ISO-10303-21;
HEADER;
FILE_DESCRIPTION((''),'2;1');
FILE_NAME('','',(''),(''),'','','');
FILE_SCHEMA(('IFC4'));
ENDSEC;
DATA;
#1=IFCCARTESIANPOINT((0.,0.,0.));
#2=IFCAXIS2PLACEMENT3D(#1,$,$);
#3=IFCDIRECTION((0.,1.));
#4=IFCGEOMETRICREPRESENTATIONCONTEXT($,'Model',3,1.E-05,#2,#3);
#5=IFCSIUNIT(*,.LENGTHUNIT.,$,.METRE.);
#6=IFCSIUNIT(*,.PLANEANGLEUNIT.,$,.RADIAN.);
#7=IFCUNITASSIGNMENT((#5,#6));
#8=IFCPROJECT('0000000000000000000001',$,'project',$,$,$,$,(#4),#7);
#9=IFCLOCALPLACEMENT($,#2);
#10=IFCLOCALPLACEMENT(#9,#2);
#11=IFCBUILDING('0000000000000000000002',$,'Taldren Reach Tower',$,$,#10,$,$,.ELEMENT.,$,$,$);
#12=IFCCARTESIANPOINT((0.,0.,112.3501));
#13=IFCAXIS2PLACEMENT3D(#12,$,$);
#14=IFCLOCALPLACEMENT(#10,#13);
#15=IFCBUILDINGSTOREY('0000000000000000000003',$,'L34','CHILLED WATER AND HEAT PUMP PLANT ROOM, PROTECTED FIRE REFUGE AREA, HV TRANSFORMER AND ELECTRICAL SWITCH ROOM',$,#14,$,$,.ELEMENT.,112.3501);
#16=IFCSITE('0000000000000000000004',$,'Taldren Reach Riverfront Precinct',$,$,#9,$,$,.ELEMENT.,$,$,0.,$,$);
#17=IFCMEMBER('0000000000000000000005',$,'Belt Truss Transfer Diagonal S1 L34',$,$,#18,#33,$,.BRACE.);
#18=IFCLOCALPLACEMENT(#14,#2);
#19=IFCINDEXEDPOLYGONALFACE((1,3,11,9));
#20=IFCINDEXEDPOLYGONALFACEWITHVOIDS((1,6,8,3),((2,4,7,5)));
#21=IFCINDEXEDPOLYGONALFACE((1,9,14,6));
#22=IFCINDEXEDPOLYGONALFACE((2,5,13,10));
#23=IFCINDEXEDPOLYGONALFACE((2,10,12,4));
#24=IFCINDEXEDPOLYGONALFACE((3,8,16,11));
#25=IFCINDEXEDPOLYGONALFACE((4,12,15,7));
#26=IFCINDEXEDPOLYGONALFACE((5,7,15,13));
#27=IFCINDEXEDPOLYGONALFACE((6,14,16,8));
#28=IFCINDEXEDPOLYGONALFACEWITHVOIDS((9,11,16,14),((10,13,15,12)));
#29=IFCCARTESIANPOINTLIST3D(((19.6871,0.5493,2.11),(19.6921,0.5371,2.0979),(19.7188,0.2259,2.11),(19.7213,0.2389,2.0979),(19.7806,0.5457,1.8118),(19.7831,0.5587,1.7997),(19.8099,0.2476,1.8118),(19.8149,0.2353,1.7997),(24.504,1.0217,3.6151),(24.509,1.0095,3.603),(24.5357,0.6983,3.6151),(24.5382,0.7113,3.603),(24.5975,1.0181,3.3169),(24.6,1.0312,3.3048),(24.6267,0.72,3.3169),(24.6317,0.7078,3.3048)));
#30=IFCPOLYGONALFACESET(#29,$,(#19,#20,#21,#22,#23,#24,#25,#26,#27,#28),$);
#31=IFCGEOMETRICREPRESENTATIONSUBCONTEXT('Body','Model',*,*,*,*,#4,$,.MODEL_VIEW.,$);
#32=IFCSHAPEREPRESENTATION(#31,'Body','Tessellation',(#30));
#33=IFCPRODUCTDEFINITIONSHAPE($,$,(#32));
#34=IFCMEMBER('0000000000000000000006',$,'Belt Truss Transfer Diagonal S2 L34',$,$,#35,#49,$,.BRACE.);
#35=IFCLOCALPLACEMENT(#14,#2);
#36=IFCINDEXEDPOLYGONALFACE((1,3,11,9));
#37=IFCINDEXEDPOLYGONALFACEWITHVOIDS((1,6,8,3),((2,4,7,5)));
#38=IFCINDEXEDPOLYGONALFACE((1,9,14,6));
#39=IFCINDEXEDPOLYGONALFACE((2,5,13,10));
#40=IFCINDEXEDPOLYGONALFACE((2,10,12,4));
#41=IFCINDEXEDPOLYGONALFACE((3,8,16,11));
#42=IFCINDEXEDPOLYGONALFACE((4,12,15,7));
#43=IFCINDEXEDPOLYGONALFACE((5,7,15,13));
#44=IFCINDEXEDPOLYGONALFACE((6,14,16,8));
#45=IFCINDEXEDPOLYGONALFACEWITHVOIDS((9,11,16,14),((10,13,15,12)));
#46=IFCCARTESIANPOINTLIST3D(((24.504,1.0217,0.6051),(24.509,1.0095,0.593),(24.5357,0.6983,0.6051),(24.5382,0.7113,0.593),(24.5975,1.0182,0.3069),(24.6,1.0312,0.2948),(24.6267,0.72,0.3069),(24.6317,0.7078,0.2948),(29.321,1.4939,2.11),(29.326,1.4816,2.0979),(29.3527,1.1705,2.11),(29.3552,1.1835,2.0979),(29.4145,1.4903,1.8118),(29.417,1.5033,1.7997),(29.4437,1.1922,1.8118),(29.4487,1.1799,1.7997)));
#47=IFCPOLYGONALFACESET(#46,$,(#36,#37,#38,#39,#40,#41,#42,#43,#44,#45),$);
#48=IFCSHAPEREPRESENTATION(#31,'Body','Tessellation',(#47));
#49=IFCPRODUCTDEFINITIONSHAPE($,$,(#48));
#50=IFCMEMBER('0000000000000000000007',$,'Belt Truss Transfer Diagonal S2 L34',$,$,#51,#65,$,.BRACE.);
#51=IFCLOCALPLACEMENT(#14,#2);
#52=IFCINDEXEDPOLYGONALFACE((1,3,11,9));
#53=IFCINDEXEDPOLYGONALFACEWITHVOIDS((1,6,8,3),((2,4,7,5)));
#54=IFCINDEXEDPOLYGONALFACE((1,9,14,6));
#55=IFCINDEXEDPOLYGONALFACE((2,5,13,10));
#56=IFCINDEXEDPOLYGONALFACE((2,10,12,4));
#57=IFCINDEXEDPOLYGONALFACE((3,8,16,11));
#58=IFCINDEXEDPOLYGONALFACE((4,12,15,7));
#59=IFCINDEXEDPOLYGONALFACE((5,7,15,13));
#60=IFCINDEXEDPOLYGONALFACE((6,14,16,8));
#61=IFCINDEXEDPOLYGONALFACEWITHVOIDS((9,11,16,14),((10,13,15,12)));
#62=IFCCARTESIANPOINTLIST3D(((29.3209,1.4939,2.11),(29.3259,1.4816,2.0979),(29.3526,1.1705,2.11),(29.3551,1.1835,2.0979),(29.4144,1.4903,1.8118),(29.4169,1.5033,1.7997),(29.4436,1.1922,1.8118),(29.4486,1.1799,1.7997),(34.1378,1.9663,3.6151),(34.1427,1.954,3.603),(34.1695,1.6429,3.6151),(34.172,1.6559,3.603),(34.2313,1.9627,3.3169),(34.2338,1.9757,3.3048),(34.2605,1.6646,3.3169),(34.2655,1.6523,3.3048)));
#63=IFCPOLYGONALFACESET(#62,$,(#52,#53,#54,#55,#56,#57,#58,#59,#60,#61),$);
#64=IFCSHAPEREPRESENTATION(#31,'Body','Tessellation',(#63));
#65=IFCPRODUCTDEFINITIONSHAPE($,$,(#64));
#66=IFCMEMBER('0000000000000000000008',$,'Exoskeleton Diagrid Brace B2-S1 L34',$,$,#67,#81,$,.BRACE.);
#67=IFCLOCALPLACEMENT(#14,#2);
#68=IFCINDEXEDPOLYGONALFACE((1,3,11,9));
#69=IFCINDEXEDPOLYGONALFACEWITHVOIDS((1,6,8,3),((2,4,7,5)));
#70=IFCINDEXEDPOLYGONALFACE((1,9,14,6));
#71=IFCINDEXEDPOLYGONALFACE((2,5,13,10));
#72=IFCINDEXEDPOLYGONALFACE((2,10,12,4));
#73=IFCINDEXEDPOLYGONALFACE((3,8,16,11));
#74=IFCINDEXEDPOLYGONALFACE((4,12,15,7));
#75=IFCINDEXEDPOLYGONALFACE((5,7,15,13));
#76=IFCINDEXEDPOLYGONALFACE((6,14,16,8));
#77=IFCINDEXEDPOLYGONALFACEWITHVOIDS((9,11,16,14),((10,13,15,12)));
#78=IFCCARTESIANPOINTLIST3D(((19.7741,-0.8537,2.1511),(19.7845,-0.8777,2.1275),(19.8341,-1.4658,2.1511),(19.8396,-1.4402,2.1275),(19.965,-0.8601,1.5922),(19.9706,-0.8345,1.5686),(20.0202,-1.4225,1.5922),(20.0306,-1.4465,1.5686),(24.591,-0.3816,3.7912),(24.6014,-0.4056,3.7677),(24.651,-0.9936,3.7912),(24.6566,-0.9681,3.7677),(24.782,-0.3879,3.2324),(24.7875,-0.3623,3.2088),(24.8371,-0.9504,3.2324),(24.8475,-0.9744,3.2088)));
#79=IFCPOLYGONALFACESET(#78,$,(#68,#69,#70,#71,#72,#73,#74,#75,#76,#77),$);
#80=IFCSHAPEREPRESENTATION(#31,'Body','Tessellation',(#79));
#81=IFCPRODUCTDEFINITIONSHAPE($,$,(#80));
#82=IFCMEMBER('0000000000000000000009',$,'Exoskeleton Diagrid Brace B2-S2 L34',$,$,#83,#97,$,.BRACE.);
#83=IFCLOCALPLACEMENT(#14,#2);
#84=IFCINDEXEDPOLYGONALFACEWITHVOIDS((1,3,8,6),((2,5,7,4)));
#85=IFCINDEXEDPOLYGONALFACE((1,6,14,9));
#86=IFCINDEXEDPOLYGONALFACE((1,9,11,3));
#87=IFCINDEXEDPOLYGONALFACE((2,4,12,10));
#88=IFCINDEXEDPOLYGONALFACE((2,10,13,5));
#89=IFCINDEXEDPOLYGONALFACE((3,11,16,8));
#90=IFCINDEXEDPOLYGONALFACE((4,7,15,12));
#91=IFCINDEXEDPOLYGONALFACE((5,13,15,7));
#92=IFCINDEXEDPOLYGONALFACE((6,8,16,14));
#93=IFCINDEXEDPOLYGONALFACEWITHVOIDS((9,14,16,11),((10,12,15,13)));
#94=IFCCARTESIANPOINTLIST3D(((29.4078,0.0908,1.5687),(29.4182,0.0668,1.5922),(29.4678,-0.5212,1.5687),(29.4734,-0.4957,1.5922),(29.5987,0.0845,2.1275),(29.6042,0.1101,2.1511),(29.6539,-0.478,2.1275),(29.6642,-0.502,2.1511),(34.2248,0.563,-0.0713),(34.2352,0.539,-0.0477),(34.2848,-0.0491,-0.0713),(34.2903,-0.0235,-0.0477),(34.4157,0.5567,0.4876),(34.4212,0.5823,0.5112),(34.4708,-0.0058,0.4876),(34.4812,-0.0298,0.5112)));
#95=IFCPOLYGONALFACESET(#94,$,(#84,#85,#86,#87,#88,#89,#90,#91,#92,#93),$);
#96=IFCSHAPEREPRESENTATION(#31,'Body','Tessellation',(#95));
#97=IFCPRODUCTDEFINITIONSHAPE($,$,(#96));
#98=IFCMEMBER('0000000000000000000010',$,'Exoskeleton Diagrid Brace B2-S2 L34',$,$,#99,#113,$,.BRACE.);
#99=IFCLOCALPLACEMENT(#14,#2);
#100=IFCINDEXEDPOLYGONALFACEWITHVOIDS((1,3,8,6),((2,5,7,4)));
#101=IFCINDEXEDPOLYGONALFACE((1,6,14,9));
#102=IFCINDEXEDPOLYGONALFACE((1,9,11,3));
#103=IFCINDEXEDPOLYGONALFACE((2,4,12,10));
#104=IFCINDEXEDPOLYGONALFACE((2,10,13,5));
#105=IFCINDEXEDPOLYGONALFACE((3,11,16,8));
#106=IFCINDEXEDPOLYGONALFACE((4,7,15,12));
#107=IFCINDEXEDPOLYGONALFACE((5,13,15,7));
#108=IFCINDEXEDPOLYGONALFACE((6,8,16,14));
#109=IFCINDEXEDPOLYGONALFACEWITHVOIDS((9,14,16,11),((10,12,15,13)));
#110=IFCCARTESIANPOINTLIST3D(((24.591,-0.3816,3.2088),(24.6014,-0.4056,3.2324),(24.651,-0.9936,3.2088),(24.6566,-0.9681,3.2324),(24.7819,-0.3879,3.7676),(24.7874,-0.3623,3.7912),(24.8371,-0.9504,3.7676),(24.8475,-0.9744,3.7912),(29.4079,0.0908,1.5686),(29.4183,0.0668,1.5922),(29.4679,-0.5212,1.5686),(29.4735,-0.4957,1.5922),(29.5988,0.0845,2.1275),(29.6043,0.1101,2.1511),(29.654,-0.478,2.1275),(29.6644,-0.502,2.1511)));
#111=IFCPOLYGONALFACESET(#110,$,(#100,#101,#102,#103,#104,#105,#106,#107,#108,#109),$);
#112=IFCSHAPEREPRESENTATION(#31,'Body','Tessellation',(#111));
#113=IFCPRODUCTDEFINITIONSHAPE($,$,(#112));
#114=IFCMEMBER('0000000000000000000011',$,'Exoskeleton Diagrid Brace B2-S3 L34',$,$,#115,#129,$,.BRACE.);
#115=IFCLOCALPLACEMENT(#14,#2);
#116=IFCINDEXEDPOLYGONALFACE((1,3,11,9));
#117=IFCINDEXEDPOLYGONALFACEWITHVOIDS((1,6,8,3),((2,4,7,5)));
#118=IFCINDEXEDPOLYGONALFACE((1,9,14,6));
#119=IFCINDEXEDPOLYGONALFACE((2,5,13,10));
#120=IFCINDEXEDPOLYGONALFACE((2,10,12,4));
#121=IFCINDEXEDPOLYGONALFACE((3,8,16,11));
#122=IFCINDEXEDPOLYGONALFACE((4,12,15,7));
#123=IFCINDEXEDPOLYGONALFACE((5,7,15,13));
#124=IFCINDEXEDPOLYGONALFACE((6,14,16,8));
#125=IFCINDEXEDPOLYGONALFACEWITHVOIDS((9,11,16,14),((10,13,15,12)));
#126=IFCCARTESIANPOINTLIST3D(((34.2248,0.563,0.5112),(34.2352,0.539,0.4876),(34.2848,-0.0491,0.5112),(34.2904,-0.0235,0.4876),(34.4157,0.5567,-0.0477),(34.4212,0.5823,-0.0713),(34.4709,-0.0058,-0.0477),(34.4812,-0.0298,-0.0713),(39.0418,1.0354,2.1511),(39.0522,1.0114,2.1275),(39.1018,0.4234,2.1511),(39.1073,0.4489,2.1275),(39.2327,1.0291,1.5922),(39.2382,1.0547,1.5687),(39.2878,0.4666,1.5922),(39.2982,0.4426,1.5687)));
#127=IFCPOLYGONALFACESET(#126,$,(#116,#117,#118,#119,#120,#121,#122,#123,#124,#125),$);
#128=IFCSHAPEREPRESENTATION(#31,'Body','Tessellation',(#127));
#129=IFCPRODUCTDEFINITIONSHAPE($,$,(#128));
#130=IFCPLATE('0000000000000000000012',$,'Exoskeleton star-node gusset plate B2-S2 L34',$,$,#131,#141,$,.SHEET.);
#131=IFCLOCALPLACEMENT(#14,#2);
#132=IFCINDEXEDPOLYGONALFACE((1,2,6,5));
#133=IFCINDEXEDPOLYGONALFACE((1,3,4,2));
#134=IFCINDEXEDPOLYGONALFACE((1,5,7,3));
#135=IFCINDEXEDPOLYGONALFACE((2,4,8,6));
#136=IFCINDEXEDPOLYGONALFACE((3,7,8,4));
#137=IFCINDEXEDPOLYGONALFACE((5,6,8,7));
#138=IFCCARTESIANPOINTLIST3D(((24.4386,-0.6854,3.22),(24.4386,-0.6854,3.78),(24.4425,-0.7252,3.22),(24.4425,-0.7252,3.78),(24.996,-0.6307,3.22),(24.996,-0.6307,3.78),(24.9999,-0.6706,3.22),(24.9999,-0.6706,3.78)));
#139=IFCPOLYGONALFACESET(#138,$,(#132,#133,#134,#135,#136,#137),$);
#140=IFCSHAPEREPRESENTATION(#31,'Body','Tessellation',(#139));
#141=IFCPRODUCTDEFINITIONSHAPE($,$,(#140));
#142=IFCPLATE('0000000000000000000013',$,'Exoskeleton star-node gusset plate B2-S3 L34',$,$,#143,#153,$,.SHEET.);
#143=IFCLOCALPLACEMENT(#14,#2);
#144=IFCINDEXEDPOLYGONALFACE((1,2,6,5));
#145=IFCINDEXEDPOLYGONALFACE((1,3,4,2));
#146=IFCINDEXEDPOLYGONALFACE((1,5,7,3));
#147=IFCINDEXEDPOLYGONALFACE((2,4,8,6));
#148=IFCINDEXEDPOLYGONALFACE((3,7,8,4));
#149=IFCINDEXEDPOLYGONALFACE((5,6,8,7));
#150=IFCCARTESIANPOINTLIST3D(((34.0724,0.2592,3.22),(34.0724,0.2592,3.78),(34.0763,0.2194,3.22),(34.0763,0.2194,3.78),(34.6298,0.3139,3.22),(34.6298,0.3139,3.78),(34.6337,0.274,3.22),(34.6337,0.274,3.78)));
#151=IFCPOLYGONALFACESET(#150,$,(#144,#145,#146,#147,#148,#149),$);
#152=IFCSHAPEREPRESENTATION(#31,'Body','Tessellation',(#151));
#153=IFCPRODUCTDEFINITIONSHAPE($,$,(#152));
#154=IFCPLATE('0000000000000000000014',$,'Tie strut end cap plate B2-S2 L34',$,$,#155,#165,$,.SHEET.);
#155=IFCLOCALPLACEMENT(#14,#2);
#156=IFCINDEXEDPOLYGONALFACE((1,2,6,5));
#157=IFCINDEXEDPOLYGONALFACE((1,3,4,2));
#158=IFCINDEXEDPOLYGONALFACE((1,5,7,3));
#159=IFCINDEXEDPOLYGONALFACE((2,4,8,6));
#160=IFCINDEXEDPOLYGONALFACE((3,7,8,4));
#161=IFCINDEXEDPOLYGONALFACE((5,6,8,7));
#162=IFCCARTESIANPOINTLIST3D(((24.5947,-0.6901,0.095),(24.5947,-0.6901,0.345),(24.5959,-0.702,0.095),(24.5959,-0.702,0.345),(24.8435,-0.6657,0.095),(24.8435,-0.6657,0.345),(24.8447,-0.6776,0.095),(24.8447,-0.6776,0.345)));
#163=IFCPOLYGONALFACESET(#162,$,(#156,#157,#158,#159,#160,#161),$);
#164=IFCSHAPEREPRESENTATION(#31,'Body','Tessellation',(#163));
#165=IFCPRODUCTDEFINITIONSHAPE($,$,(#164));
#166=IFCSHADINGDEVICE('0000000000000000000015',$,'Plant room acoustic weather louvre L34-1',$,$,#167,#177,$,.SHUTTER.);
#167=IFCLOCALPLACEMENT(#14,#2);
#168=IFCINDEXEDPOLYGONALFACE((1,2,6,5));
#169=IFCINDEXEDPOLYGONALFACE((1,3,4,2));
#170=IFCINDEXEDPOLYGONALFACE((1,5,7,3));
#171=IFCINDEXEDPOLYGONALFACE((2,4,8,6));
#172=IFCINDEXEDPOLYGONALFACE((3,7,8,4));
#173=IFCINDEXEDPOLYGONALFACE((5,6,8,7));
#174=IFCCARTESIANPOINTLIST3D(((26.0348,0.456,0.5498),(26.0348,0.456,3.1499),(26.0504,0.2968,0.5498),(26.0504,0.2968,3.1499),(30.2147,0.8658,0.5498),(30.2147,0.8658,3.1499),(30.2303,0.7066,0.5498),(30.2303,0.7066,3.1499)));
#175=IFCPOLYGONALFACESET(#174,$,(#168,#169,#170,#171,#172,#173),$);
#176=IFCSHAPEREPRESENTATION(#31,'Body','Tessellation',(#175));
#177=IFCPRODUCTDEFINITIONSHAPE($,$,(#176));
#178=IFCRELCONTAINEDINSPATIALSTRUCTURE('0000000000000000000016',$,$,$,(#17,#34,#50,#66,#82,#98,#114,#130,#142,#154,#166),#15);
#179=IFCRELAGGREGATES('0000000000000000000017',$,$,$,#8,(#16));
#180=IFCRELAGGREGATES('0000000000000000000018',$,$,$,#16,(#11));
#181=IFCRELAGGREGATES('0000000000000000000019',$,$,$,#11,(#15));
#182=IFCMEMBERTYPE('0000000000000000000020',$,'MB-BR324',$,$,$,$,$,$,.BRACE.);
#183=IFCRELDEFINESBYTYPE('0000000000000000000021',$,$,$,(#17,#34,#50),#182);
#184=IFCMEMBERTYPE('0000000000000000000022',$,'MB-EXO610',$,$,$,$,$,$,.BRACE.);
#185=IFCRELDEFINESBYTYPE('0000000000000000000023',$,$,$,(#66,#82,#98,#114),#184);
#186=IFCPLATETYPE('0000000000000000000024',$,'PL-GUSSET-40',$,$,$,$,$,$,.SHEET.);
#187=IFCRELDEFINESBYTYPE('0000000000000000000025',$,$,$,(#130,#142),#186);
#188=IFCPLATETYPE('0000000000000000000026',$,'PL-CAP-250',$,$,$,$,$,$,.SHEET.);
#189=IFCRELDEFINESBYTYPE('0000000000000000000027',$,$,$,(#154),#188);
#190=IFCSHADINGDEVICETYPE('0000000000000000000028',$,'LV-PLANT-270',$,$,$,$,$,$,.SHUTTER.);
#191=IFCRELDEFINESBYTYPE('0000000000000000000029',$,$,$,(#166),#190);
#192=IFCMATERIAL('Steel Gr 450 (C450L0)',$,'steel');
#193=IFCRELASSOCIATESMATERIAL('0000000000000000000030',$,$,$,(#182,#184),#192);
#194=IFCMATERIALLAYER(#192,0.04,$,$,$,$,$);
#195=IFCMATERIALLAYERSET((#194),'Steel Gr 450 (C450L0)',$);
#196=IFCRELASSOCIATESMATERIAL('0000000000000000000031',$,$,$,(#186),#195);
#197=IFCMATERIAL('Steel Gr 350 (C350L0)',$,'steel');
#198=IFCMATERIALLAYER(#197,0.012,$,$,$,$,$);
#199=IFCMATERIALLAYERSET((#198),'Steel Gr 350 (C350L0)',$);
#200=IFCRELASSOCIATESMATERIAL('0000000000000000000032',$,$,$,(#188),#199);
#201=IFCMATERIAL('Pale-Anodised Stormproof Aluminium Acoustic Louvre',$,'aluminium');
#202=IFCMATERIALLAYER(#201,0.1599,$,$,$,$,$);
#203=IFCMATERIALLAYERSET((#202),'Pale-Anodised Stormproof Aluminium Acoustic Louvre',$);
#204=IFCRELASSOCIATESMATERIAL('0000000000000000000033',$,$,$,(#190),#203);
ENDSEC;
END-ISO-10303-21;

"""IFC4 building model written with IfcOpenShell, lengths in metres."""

from ifc_helpers import new_model, si_unit, direction, frame, origin, origin_2d, place, context, subcontext, project, spatial, rectangle, hollow_rectangle, extrude, source, transform, mapped, material, layer, layer_set, material_profile, profile_set, type_object, element, save


model = new_model("IFC4")

# Units and contexts
model_context = context("Model", 3, precision=1e-05, world=origin(), true_north=direction((0.0, 1.0)))
body_context = subcontext(model_context, "Body", "Model", "MODEL_VIEW")
ifc_project = project(units=[si_unit("LENGTHUNIT", "METRE"), si_unit("PLANEANGLEUNIT", "RADIAN")], contexts=[model_context])

# Site, building, storey
site_placement = place(None, origin())
site = spatial("IfcSite", under=ifc_project, at=site_placement, Name="Taldren Reach Riverfront Precinct", CompositionType="ELEMENT", RefElevation=0.0)
building_placement = place(site_placement, origin())
building = spatial("IfcBuilding", under=site, at=building_placement, Name="Taldren Reach Tower", CompositionType="ELEMENT")
storey_placement = place(building_placement, frame((0.0, 0.0, 112.3501)))
storey = spatial("IfcBuildingStorey", under=building, at=storey_placement, Name="L34", Description="CHILLED WATER AND HEAT PUMP PLANT ROOM, PROTECTED FIRE REFUGE AREA, HV TRANSFORMER AND ELECTRICAL SWITCH ROOM", CompositionType="ELEMENT", Elevation=112.3501)

# Shared definitions
ifc_material_1 = material(Name="Steel Gr 450 (C450L0)", Category="steel")
ifc_material_2 = material(Name="Steel Gr 350 (C350L0)", Category="steel")

# Members
ifc_material_profile_1 = material_profile(ifc_material_1, hollow_rectangle(XDim=0.325, YDim=0.325, WallThickness=0.0127, at=origin_2d()), Name="325x325x12.7SHS")
ifc_profile_set_1 = profile_set([ifc_material_profile_1], Name="Steel Gr 450 (C450L0)")
member_type_1 = type_object("IfcMemberType", Name="MB-BR324", PredefinedType="BRACE", material=ifc_profile_set_1)
shared_shape_1 = source(origin(), body_context, "Body", "SweptSolid", [
    extrude(hollow_rectangle(XDim=0.325, YDim=0.325, WallThickness=0.0127, at=origin_2d()), origin(), (0.0, 0.0, 1.0), 5.0686),
])
for number, where, z_axis, x_axis, name in (
    (1, (19.751, 0.3923, 1.9548), (0.950334, 0.093203, 0.296949), (-0.097606, 0.995225, 0.0), "Belt Truss Transfer Diagonal S1 L34"),
    (2, (24.5679, 0.8647, 0.45), (0.950352, 0.093157, 0.296907), (-0.097556, 0.99523, 0.0), "Belt Truss Transfer Diagonal S2 L34"),
    (3, (29.3848, 1.3369, 1.9548), (0.950334, 0.093203, 0.296949), (-0.097606, 0.995225, 0.0), "Belt Truss Transfer Diagonal S2 L34"),
):
    element("IfcMember", number, at=place(storey_placement, frame(where, z_axis=z_axis, x_axis=x_axis)), inside=storey, type_object=member_type_1, Name=name, PredefinedType="BRACE", context=body_context, shape_type="MappedRepresentation", body=[
        mapped(shared_shape_1, transform((0.0, 0.0, 0.0), scale=1.0)),
    ])
ifc_material_profile_2 = material_profile(ifc_material_1, hollow_rectangle(XDim=0.615, YDim=0.615, WallThickness=0.0249, at=origin_2d()), Name="615x615x25.0SHS")
ifc_profile_set_2 = profile_set([ifc_material_profile_2], Name="Steel Gr 450 (C450L0)")
member_type_2 = type_object("IfcMemberType", Name="MB-EXO610", PredefinedType="BRACE", material=ifc_profile_set_2)
shared_shape_2 = source(origin(), body_context, "Body", "SweptSolid", [
    extrude(hollow_rectangle(XDim=0.615, YDim=0.615, WallThickness=0.0249, at=origin_2d()), origin(), (0.0, 0.0, 1.0), 5.1104),
])
for number, where, z_axis, x_axis, name in (
    (4, (19.9023, -1.1501, 1.8599), (0.94258, 0.092395, 0.320945), (-0.097556, 0.99523, 0.0), "Exoskeleton Diagrid Brace B2-S1 L34"),
    (5, (34.353, 0.2666, 0.22), (-0.942595, -0.092396, 0.320903), (0.097556, -0.99523, 0.0), "Exoskeleton Diagrid Brace B2-S2 L34"),
    (6, (29.5361, -0.2056, 1.8599), (-0.942576, -0.092442, 0.320944), (0.097606, -0.995225, 0.0), "Exoskeleton Diagrid Brace B2-S2 L34"),
    (7, (34.353, 0.2666, 0.22), (0.94259, 0.092444, 0.320901), (-0.097606, 0.995225, 0.0), "Exoskeleton Diagrid Brace B2-S3 L34"),
):
    element("IfcMember", number, at=place(storey_placement, frame(where, z_axis=z_axis, x_axis=x_axis)), inside=storey, type_object=member_type_2, Name=name, PredefinedType="BRACE", context=body_context, shape_type="MappedRepresentation", body=[
        mapped(shared_shape_2, transform((0.0, 0.0, 0.0), scale=1.0)),
    ])

# Plates
ifc_layer_1 = layer(ifc_material_1, 0.04)
ifc_layer_set_1 = layer_set([ifc_layer_1], Name="Steel Gr 450 (C450L0)")
plate_type_1 = type_object("IfcPlateType", Name="PL-GUSSET-40", PredefinedType="SHEET", material=ifc_layer_set_1)
shared_shape_3 = source(origin(), body_context, "Body", "SweptSolid", [
    extrude(rectangle(XDim=0.5601, YDim=0.04, at=origin_2d()), origin(), (0.0, 0.0, 1.0), 0.5601),
])
for number, where, z_axis, x_axis, name in (
    (8, (24.7192, -0.678, 3.22), (0.0, 0.0, 1.0), (0.995227, 0.097583, 0.0), "Exoskeleton star-node gusset plate B2-S2 L34"),
    (9, (34.353, 0.2666, 3.22), (0.0, 0.0, 1.0), (0.995227, 0.097583, 0.0), "Exoskeleton star-node gusset plate B2-S3 L34"),
):
    element("IfcPlate", number, at=place(storey_placement, frame(where, z_axis=z_axis, x_axis=x_axis)), inside=storey, type_object=plate_type_1, Name=name, PredefinedType="SHEET", context=body_context, shape_type="MappedRepresentation", body=[
        mapped(shared_shape_3, transform((0.0, 0.0, 0.0), scale=1.0)),
    ])
ifc_layer_2 = layer(ifc_material_2, 0.012)
ifc_layer_set_2 = layer_set([ifc_layer_2], Name="Steel Gr 350 (C350L0)")
plate_type_2 = type_object("IfcPlateType", Name="PL-CAP-250", PredefinedType="SHEET", material=ifc_layer_set_2)
shared_shape_4 = source(origin(), body_context, "Body", "SweptSolid", [
    extrude(rectangle(XDim=0.25, YDim=0.012, at=origin_2d()), origin(), (0.0, 0.0, 1.0), 0.25),
])
plate_placement = place(storey_placement, frame((24.7197, -0.6838, 0.095), z_axis=(0.0, 0.0, 1.0), x_axis=(0.995227, 0.097583, 0.0)))
element("IfcPlate", 10, at=plate_placement, inside=storey, type_object=plate_type_2, Name="Tie strut end cap plate B2-S2 L34", PredefinedType="SHEET", context=body_context, shape_type="MappedRepresentation", body=[
    mapped(shared_shape_4, transform((0.0, 0.0, 0.0), scale=1.0)),
])

# Shading device
ifc_material_3 = material(Name="Pale-Anodised Stormproof Aluminium Acoustic Louvre", Category="aluminium")
ifc_layer_3 = layer(ifc_material_3, 0.1599)
ifc_layer_set_3 = layer_set([ifc_layer_3], Name="Pale-Anodised Stormproof Aluminium Acoustic Louvre")
shading_device_type = type_object("IfcShadingDeviceType", Name="LV-PLANT-270", PredefinedType="SHUTTER", material=ifc_layer_set_3)
shared_shape_5 = source(origin(), body_context, "Body", "SweptSolid", [
    extrude(rectangle(XDim=4.2, YDim=0.1599, at=origin_2d()), origin(), (0.0, 0.0, 1.0), 2.6001),
])
shading_device_placement = place(storey_placement, frame((28.1326, 0.5813, 0.5498), z_axis=(0.0, 0.0, 1.0), x_axis=(0.995227, 0.097583, 0.0)))
element("IfcShadingDevice", 11, at=shading_device_placement, inside=storey, type_object=shading_device_type, Name="Plant room acoustic weather louvre L34-1", PredefinedType="SHUTTER", context=body_context, shape_type="MappedRepresentation", body=[
    mapped(shared_shape_5, transform((0.0, 0.0, 0.0), scale=1.0)),
])

save(model, "model.ifc")
